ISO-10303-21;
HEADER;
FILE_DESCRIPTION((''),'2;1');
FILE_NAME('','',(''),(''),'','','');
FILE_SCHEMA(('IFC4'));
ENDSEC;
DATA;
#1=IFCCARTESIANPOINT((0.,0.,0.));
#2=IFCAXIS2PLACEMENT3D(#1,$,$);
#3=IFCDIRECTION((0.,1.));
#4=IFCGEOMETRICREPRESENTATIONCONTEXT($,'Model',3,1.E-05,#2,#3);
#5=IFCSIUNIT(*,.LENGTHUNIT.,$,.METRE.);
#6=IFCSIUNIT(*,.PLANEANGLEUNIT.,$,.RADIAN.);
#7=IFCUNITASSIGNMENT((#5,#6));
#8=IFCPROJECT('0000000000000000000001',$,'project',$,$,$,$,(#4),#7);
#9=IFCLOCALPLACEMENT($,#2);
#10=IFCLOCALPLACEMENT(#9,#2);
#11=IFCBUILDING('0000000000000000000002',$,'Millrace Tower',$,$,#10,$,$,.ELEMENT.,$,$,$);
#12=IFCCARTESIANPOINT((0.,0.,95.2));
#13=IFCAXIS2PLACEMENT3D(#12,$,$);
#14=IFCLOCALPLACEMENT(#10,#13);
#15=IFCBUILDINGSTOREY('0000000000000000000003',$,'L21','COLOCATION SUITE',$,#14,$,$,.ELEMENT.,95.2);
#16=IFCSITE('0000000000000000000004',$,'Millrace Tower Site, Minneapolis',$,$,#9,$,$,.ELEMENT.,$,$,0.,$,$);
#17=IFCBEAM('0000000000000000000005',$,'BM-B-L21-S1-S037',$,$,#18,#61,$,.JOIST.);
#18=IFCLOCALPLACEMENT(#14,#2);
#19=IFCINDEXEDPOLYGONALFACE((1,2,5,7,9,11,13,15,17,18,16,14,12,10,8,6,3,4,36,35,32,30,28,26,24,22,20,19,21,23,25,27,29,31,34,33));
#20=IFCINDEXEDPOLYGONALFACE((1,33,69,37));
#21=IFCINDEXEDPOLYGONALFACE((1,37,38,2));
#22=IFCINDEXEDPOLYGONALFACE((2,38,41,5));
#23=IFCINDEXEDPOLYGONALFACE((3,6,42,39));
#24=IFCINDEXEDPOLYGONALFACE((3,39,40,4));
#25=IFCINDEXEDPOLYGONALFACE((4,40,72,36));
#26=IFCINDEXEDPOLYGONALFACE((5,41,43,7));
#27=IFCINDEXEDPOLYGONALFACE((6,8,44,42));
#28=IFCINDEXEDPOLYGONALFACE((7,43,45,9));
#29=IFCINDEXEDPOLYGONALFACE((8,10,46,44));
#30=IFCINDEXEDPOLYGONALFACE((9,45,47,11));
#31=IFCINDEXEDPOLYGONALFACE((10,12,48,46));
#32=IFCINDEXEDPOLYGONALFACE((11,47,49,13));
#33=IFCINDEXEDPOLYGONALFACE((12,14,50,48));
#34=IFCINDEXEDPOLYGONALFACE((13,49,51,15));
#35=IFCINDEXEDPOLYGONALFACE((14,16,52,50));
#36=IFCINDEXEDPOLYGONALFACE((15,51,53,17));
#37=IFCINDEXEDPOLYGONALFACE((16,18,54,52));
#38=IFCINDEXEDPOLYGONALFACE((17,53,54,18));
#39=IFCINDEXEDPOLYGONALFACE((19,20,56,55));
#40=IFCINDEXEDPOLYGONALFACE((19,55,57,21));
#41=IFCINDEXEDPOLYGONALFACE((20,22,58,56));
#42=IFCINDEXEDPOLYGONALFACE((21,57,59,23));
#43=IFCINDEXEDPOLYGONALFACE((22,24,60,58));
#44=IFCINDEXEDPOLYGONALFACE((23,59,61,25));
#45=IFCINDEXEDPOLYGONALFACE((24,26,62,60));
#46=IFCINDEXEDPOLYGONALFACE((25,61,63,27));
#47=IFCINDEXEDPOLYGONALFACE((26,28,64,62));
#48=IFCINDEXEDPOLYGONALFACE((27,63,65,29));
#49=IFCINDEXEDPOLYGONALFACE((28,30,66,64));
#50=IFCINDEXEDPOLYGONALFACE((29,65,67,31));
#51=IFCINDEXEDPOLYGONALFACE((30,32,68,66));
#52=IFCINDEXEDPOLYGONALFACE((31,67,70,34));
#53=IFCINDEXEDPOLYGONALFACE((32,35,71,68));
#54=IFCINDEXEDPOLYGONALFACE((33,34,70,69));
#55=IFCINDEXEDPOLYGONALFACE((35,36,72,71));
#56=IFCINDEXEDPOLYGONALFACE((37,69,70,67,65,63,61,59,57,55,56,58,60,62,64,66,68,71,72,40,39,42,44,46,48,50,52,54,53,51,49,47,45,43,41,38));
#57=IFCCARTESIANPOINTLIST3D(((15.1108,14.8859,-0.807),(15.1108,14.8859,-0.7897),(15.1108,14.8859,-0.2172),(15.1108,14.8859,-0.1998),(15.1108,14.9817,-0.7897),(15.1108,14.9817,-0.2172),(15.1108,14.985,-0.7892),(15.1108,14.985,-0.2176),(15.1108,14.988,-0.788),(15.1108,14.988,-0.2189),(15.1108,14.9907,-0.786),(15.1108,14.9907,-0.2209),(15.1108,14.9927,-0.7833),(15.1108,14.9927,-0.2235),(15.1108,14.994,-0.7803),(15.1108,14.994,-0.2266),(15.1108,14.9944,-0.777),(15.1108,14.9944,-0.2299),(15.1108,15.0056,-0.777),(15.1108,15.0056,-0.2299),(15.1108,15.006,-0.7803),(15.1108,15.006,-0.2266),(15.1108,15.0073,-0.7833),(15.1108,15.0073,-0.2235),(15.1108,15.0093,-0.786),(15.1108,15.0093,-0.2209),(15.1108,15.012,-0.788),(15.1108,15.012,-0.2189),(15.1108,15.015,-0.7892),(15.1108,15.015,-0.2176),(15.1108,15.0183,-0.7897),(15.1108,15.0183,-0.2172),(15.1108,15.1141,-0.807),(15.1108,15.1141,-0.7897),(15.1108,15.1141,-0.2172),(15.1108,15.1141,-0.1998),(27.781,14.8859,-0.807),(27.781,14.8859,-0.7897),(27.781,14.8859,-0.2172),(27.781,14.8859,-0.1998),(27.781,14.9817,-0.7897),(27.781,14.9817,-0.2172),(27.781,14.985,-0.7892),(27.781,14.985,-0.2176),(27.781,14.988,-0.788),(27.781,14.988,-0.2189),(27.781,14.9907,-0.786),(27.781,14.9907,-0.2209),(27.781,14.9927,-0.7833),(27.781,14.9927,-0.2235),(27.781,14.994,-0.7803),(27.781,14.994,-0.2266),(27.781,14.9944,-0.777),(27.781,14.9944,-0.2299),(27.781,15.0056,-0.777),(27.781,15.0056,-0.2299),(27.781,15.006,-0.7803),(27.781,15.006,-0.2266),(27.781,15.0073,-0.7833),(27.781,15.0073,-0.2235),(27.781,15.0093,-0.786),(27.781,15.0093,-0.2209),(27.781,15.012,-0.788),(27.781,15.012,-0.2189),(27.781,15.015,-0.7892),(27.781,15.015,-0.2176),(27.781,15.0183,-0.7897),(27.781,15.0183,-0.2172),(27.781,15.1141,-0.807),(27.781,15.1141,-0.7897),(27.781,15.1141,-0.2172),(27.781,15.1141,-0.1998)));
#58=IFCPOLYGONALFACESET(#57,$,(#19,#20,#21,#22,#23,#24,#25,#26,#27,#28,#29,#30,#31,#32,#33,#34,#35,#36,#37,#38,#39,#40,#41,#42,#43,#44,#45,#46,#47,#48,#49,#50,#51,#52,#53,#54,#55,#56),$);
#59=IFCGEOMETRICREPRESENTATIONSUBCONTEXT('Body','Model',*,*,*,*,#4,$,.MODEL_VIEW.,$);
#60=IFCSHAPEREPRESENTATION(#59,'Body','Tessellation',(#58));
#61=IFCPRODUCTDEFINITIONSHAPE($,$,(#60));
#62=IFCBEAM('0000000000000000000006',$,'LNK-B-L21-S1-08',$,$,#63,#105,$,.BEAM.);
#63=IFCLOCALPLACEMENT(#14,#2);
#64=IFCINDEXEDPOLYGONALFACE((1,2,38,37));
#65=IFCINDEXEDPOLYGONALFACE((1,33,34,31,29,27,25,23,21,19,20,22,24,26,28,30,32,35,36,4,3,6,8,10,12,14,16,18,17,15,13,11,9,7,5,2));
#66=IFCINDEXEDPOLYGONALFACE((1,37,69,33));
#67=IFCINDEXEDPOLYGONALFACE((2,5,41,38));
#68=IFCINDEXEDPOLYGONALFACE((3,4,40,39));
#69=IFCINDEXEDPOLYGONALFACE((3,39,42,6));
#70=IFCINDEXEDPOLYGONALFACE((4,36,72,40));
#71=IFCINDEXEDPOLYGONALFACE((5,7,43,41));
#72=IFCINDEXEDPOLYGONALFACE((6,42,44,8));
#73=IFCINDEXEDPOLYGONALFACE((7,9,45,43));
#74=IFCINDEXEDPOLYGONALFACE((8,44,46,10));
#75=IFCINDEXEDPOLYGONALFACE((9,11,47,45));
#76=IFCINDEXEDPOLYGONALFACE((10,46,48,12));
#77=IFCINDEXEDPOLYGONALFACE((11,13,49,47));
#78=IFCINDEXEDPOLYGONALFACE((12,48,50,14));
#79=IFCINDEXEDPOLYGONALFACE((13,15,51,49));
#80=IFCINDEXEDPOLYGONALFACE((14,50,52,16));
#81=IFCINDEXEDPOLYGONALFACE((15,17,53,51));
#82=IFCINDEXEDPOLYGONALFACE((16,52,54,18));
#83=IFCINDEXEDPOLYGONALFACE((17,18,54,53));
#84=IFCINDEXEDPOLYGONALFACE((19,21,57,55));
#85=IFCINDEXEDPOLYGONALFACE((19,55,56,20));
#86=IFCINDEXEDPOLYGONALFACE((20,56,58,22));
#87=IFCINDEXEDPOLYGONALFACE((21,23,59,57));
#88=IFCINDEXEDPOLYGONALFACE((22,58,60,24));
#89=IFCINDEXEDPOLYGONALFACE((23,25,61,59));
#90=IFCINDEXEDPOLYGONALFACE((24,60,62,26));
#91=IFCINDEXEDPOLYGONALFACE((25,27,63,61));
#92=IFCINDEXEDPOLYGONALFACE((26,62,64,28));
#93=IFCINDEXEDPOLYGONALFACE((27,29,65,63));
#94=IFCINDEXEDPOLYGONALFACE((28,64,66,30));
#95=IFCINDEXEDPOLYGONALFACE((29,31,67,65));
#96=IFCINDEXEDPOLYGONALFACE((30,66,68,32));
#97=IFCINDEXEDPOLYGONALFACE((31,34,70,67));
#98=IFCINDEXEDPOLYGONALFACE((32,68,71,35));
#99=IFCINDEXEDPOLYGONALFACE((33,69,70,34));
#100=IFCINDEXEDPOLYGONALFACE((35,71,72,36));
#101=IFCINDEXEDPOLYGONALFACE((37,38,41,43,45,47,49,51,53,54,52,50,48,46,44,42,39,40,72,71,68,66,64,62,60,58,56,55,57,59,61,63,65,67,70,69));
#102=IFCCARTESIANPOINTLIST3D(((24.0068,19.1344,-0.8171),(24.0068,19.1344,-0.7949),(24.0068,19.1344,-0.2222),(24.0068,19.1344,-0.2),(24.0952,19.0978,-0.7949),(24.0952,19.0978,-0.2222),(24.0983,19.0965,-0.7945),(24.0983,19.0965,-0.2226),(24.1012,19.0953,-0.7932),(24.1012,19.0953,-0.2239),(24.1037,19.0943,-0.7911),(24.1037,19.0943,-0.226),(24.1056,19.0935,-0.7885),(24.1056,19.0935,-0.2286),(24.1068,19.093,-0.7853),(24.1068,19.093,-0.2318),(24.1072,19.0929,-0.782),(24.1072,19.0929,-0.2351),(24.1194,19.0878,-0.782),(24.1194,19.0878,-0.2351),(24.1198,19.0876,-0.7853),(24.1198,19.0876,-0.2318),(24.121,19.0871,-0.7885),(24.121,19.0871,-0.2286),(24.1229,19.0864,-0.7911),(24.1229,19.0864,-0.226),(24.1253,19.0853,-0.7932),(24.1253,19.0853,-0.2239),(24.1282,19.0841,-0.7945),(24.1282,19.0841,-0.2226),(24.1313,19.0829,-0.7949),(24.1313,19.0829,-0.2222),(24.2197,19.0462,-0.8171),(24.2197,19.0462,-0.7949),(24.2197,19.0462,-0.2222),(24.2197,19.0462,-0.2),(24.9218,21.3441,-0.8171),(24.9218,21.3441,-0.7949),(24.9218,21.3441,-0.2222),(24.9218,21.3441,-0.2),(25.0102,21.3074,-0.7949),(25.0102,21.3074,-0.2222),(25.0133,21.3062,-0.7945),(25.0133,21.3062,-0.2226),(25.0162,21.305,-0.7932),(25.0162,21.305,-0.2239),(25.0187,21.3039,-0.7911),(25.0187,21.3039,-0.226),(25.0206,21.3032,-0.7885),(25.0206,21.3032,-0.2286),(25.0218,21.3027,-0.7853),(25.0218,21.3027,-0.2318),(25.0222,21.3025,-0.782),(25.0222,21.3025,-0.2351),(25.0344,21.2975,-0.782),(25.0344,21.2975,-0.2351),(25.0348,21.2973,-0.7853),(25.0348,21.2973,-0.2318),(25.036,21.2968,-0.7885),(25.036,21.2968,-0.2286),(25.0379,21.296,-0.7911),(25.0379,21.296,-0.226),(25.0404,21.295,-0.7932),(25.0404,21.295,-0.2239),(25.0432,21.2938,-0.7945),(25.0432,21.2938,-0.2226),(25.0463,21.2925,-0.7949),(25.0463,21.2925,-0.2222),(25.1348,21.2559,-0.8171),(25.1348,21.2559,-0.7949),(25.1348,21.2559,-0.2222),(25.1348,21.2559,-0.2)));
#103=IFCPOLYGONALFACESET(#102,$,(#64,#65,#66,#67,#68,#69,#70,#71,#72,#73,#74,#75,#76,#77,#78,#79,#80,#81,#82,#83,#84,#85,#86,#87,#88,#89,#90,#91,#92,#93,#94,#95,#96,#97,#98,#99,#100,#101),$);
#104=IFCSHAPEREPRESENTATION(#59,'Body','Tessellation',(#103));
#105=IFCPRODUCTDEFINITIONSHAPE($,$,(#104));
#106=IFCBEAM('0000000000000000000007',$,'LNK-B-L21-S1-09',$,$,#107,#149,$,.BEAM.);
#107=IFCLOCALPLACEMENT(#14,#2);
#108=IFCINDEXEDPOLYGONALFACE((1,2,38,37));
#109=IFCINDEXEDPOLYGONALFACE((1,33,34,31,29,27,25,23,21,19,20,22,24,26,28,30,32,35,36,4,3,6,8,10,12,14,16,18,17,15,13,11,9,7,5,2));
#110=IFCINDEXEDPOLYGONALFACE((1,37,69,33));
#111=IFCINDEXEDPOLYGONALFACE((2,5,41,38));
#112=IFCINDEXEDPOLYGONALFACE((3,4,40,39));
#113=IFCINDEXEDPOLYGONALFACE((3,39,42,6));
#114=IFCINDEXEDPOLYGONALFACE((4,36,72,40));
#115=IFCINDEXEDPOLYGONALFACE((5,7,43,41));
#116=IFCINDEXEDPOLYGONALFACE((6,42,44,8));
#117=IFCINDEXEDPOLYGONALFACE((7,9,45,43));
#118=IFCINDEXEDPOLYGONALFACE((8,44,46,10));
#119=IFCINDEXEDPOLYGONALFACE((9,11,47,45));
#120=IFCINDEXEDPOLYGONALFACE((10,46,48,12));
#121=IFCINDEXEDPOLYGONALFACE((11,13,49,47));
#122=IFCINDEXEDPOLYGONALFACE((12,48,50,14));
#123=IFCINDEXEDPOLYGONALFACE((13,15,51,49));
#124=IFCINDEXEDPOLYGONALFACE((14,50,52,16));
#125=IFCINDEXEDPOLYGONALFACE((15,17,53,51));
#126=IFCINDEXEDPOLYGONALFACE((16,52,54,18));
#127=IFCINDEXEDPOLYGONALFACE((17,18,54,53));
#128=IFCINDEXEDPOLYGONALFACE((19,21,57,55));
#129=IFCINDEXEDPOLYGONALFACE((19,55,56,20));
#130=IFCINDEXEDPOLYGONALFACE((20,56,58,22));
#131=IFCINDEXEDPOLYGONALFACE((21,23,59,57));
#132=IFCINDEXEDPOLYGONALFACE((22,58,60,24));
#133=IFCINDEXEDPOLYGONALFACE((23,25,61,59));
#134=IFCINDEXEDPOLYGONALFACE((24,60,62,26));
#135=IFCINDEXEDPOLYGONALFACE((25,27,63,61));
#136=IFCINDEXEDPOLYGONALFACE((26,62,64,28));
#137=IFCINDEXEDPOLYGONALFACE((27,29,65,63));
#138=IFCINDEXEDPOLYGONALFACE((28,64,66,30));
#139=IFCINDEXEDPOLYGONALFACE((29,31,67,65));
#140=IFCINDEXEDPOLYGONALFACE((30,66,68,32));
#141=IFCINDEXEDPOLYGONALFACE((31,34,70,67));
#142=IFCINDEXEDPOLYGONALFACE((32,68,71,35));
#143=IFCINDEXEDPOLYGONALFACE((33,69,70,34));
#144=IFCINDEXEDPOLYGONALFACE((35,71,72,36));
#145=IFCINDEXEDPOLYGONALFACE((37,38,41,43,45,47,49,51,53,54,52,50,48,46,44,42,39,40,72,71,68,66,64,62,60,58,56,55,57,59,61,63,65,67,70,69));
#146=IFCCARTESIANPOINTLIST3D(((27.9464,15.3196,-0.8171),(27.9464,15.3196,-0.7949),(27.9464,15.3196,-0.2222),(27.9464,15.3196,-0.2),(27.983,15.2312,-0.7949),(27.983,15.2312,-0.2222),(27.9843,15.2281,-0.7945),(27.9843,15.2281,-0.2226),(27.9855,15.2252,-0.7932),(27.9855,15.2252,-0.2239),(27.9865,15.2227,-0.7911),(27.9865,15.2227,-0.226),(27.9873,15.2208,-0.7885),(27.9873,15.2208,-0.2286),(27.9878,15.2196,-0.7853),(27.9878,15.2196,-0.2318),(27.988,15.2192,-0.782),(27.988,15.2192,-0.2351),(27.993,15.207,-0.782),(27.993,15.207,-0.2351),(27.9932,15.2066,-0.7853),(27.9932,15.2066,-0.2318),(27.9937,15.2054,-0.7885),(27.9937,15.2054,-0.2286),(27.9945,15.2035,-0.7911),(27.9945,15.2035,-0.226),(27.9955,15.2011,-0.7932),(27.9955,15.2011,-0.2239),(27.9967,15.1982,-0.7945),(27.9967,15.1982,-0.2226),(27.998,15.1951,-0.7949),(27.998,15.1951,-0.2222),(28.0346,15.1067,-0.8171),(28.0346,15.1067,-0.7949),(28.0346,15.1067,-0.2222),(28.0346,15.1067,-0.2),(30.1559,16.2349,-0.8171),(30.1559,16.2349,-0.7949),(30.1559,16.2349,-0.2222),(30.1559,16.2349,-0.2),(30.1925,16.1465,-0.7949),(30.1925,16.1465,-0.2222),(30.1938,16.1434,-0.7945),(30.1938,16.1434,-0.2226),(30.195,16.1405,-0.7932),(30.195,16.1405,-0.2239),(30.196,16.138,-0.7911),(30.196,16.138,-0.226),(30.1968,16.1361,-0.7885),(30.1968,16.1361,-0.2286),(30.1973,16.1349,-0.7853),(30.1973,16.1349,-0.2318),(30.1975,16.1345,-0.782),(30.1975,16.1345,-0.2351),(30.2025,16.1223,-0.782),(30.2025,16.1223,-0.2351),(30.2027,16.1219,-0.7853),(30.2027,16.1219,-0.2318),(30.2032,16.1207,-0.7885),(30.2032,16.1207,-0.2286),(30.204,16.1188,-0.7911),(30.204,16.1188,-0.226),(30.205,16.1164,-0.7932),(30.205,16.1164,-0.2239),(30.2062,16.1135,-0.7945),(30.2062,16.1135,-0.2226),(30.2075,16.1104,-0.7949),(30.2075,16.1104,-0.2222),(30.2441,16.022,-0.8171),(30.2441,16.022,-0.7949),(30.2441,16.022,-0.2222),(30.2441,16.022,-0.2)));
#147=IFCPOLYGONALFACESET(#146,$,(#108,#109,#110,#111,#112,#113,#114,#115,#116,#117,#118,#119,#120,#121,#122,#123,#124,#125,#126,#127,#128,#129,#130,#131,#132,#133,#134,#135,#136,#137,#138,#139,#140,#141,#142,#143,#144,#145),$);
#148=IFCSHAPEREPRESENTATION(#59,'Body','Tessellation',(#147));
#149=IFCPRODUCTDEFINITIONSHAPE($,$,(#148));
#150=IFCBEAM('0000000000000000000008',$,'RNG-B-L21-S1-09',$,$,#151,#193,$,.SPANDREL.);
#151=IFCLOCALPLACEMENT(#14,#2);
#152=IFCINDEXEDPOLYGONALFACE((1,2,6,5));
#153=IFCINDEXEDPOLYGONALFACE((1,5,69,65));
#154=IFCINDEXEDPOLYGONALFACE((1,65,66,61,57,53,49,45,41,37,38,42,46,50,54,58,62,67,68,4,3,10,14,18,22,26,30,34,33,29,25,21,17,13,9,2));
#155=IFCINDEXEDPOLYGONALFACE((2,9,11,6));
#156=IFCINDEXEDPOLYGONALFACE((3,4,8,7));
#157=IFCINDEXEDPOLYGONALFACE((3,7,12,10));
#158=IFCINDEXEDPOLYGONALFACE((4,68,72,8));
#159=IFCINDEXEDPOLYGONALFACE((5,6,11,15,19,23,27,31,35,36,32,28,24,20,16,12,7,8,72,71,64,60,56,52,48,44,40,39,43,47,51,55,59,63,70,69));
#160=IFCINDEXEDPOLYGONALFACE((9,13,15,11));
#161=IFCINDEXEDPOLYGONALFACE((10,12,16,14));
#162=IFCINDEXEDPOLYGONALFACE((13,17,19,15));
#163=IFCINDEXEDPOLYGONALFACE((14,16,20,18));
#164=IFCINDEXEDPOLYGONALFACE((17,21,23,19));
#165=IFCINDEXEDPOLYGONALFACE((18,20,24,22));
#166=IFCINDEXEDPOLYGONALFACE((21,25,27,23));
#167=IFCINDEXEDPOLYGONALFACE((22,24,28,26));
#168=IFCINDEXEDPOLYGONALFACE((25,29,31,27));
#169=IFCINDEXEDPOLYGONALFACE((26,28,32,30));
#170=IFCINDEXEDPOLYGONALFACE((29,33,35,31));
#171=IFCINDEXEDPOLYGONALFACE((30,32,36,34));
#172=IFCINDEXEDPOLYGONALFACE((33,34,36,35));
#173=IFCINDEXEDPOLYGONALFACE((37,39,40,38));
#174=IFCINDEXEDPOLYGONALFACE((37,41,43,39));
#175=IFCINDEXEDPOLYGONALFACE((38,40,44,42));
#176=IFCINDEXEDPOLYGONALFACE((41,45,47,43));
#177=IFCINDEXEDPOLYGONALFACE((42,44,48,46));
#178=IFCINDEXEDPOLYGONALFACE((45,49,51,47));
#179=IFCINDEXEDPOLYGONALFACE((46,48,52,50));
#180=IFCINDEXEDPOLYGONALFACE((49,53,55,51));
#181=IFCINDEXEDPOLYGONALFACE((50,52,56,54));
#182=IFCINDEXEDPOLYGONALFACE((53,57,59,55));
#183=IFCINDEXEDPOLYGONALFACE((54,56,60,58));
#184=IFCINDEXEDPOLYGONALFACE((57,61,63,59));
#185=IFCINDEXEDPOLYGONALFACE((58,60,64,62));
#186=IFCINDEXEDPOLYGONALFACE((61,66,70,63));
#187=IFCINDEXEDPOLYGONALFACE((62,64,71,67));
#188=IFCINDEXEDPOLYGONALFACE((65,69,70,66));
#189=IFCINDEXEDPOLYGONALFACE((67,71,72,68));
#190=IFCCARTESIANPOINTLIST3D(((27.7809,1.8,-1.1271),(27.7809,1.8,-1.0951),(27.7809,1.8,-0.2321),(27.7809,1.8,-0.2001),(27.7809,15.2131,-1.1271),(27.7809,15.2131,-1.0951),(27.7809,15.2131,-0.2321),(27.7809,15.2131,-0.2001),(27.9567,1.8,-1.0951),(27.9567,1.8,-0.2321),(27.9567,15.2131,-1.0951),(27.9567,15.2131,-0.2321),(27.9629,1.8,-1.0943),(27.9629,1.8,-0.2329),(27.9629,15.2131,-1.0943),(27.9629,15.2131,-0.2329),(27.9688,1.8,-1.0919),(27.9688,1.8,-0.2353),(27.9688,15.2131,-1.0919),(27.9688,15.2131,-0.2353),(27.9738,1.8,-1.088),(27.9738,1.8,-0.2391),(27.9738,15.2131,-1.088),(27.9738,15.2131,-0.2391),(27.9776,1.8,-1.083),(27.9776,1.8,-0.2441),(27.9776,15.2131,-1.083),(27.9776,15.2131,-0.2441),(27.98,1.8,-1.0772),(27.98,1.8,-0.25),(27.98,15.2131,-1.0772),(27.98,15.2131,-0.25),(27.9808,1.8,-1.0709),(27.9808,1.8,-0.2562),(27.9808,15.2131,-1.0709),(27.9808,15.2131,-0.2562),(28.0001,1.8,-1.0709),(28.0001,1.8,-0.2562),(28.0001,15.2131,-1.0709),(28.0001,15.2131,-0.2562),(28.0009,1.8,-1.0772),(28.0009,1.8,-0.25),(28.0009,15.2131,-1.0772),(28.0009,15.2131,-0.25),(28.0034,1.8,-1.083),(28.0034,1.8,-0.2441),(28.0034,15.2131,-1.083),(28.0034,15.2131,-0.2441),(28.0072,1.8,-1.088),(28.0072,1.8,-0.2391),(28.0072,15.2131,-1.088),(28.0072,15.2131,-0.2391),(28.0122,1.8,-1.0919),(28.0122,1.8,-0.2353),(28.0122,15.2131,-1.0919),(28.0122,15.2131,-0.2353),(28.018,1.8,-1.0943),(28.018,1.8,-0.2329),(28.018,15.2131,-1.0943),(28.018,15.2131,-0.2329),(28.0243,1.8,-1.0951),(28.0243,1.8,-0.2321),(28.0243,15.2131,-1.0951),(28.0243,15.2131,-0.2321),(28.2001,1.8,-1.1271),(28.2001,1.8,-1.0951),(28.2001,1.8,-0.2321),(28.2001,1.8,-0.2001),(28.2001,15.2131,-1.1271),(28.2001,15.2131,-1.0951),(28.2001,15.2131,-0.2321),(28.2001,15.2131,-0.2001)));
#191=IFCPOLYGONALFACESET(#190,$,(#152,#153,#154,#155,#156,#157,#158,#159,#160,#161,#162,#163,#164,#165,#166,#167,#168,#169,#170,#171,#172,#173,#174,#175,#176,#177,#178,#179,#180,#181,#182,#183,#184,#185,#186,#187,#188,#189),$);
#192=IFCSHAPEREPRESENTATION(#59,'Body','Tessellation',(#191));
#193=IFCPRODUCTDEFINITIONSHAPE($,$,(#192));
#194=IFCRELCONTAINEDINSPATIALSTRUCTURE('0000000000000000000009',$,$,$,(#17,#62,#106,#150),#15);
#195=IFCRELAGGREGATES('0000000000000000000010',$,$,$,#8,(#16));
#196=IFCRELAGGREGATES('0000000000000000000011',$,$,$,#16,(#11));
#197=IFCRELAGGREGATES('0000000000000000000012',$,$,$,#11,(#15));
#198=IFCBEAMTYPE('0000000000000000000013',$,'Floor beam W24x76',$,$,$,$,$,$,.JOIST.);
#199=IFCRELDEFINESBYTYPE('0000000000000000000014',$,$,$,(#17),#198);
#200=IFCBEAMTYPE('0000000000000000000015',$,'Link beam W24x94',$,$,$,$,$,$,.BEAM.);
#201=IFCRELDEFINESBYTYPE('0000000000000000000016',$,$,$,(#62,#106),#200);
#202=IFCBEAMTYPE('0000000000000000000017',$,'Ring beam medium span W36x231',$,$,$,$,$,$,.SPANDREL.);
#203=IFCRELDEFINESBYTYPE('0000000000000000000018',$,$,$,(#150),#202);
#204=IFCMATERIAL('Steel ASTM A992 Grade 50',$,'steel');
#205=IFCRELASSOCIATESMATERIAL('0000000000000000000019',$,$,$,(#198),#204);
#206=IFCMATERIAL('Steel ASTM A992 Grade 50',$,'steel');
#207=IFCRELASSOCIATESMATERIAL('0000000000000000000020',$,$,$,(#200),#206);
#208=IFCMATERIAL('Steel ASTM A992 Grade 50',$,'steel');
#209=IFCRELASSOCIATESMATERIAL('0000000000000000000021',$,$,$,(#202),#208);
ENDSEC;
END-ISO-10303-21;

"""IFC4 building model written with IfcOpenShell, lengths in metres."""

from ifc_helpers import new_model, si_unit, direction, frame, origin, origin_2d, place, context, subcontext, project, spatial, i_section, extrude, material, material_profile, profile_set, type_object, element, save


model = new_model("IFC4")

# Units and contexts
model_context = context("Model", 3, precision=1e-05, world=origin(), true_north=direction((0.0, 1.0)))
body_context = subcontext(model_context, "Body", "Model", "MODEL_VIEW")
ifc_project = project(units=[si_unit("LENGTHUNIT", "METRE"), si_unit("PLANEANGLEUNIT", "RADIAN")], contexts=[model_context])

# Site, building, storey
site_placement = place(None, origin())
site = spatial("IfcSite", under=ifc_project, at=site_placement, Name="Millrace Tower Site, Minneapolis", CompositionType="ELEMENT", RefElevation=0.0)
building_placement = place(site_placement, origin())
building = spatial("IfcBuilding", under=site, at=building_placement, Name="Millrace Tower", CompositionType="ELEMENT")
storey_placement = place(building_placement, frame((0.0, 0.0, 95.2)))
storey = spatial("IfcBuildingStorey", under=building, at=storey_placement, Name="L21", Description="COLOCATION SUITE", CompositionType="ELEMENT", Elevation=95.2)

# Beams
ifc_material_1 = material(Name="Steel ASTM A992 Grade 50", Category="steel")
ifc_material_profile_1 = material_profile(ifc_material_1, i_section(OverallWidth=0.2283, OverallDepth=0.6072, WebThickness=0.0112, FlangeThickness=0.0173, FilletRadius=0.0127, at=origin_2d()))
ifc_profile_set_1 = profile_set([ifc_material_profile_1], Name="Steel ASTM A992 Grade 50")
beam_type_1 = type_object("IfcBeamType", Name="Floor beam W24x76", PredefinedType="JOIST", material=ifc_profile_set_1)
for number, where, z_axis, x_axis, name in (
    (1, (15.1108, 15.0, -0.5034), (1.0, 0.0, 0.0), (0.0, 1.0, 0.0), "BM-B-L21-S1-S037"),
):
    element("IfcBeam", number, at=place(storey_placement, frame(where, z_axis=z_axis, x_axis=x_axis)), inside=storey, type_object=beam_type_1, Name=name, PredefinedType="JOIST", context=body_context, shape_type="SweptSolid", body=[
        extrude(i_section(OverallWidth=0.2283, OverallDepth=0.6072, WebThickness=0.0112, FlangeThickness=0.0173, FilletRadius=0.0127, at=origin_2d()), origin(), (0.0, 0.0, 1.0), 12.6702),
    ])
ifc_material_2 = material(Name="Steel ASTM A992 Grade 50", Category="steel")
ifc_material_profile_2 = material_profile(ifc_material_2, i_section(OverallWidth=0.2305, OverallDepth=0.6172, WebThickness=0.0132, FlangeThickness=0.0222, FilletRadius=0.0129, at=origin_2d()))
ifc_profile_set_2 = profile_set([ifc_material_profile_2], Name="Steel ASTM A992 Grade 50")
beam_type_2 = type_object("IfcBeamType", Name="Link beam W24x94", PredefinedType="BEAM", material=ifc_profile_set_2)
for number, where, z_axis, x_axis, name in (
    (2, (24.1133, 19.0903, -0.5085), (0.382592, 0.923917, 0.0), (-0.923917, 0.382592, 0.0), "LNK-B-L21-S1-08"),
    (3, (27.9905, 15.2131, -0.5085), (0.923866, 0.382715, 0.0), (-0.382715, 0.923866, 0.0), "LNK-B-L21-S1-09"),
):
    element("IfcBeam", number, at=place(storey_placement, frame(where, z_axis=z_axis, x_axis=x_axis)), inside=storey, type_object=beam_type_2, Name=name, PredefinedType="BEAM", context=body_context, shape_type="SweptSolid", body=[
        extrude(i_section(OverallWidth=0.2305, OverallDepth=0.6172, WebThickness=0.0132, FlangeThickness=0.0222, FilletRadius=0.0129, at=origin_2d()), origin(), (0.0, 0.0, 1.0), 2.3916),
    ])
ifc_material_3 = material(Name="Steel ASTM A992 Grade 50", Category="steel")
ifc_material_profile_3 = material_profile(ifc_material_3, i_section(OverallWidth=0.4192, OverallDepth=0.927, WebThickness=0.0193, FlangeThickness=0.032, FilletRadius=0.0242, at=origin_2d()))
ifc_profile_set_3 = profile_set([ifc_material_profile_3], Name="Steel ASTM A992 Grade 50")
beam_type_3 = type_object("IfcBeamType", Name="Ring beam medium span W36x231", PredefinedType="SPANDREL", material=ifc_profile_set_3)
beam_1_placement = place(storey_placement, frame((27.9905, 15.2131, -0.6636), z_axis=(0.0, -1.0, 0.0), x_axis=(1.0, 0.0, 0.0)))
element("IfcBeam", 4, at=beam_1_placement, inside=storey, type_object=beam_type_3, Name="RNG-B-L21-S1-09", PredefinedType="SPANDREL", context=body_context, shape_type="SweptSolid", body=[
    extrude(i_section(OverallWidth=0.4192, OverallDepth=0.927, WebThickness=0.0193, FlangeThickness=0.032, FilletRadius=0.0242, at=origin_2d()), origin(), (0.0, 0.0, 1.0), 13.4131),
])

save(model, "model.ifc")
